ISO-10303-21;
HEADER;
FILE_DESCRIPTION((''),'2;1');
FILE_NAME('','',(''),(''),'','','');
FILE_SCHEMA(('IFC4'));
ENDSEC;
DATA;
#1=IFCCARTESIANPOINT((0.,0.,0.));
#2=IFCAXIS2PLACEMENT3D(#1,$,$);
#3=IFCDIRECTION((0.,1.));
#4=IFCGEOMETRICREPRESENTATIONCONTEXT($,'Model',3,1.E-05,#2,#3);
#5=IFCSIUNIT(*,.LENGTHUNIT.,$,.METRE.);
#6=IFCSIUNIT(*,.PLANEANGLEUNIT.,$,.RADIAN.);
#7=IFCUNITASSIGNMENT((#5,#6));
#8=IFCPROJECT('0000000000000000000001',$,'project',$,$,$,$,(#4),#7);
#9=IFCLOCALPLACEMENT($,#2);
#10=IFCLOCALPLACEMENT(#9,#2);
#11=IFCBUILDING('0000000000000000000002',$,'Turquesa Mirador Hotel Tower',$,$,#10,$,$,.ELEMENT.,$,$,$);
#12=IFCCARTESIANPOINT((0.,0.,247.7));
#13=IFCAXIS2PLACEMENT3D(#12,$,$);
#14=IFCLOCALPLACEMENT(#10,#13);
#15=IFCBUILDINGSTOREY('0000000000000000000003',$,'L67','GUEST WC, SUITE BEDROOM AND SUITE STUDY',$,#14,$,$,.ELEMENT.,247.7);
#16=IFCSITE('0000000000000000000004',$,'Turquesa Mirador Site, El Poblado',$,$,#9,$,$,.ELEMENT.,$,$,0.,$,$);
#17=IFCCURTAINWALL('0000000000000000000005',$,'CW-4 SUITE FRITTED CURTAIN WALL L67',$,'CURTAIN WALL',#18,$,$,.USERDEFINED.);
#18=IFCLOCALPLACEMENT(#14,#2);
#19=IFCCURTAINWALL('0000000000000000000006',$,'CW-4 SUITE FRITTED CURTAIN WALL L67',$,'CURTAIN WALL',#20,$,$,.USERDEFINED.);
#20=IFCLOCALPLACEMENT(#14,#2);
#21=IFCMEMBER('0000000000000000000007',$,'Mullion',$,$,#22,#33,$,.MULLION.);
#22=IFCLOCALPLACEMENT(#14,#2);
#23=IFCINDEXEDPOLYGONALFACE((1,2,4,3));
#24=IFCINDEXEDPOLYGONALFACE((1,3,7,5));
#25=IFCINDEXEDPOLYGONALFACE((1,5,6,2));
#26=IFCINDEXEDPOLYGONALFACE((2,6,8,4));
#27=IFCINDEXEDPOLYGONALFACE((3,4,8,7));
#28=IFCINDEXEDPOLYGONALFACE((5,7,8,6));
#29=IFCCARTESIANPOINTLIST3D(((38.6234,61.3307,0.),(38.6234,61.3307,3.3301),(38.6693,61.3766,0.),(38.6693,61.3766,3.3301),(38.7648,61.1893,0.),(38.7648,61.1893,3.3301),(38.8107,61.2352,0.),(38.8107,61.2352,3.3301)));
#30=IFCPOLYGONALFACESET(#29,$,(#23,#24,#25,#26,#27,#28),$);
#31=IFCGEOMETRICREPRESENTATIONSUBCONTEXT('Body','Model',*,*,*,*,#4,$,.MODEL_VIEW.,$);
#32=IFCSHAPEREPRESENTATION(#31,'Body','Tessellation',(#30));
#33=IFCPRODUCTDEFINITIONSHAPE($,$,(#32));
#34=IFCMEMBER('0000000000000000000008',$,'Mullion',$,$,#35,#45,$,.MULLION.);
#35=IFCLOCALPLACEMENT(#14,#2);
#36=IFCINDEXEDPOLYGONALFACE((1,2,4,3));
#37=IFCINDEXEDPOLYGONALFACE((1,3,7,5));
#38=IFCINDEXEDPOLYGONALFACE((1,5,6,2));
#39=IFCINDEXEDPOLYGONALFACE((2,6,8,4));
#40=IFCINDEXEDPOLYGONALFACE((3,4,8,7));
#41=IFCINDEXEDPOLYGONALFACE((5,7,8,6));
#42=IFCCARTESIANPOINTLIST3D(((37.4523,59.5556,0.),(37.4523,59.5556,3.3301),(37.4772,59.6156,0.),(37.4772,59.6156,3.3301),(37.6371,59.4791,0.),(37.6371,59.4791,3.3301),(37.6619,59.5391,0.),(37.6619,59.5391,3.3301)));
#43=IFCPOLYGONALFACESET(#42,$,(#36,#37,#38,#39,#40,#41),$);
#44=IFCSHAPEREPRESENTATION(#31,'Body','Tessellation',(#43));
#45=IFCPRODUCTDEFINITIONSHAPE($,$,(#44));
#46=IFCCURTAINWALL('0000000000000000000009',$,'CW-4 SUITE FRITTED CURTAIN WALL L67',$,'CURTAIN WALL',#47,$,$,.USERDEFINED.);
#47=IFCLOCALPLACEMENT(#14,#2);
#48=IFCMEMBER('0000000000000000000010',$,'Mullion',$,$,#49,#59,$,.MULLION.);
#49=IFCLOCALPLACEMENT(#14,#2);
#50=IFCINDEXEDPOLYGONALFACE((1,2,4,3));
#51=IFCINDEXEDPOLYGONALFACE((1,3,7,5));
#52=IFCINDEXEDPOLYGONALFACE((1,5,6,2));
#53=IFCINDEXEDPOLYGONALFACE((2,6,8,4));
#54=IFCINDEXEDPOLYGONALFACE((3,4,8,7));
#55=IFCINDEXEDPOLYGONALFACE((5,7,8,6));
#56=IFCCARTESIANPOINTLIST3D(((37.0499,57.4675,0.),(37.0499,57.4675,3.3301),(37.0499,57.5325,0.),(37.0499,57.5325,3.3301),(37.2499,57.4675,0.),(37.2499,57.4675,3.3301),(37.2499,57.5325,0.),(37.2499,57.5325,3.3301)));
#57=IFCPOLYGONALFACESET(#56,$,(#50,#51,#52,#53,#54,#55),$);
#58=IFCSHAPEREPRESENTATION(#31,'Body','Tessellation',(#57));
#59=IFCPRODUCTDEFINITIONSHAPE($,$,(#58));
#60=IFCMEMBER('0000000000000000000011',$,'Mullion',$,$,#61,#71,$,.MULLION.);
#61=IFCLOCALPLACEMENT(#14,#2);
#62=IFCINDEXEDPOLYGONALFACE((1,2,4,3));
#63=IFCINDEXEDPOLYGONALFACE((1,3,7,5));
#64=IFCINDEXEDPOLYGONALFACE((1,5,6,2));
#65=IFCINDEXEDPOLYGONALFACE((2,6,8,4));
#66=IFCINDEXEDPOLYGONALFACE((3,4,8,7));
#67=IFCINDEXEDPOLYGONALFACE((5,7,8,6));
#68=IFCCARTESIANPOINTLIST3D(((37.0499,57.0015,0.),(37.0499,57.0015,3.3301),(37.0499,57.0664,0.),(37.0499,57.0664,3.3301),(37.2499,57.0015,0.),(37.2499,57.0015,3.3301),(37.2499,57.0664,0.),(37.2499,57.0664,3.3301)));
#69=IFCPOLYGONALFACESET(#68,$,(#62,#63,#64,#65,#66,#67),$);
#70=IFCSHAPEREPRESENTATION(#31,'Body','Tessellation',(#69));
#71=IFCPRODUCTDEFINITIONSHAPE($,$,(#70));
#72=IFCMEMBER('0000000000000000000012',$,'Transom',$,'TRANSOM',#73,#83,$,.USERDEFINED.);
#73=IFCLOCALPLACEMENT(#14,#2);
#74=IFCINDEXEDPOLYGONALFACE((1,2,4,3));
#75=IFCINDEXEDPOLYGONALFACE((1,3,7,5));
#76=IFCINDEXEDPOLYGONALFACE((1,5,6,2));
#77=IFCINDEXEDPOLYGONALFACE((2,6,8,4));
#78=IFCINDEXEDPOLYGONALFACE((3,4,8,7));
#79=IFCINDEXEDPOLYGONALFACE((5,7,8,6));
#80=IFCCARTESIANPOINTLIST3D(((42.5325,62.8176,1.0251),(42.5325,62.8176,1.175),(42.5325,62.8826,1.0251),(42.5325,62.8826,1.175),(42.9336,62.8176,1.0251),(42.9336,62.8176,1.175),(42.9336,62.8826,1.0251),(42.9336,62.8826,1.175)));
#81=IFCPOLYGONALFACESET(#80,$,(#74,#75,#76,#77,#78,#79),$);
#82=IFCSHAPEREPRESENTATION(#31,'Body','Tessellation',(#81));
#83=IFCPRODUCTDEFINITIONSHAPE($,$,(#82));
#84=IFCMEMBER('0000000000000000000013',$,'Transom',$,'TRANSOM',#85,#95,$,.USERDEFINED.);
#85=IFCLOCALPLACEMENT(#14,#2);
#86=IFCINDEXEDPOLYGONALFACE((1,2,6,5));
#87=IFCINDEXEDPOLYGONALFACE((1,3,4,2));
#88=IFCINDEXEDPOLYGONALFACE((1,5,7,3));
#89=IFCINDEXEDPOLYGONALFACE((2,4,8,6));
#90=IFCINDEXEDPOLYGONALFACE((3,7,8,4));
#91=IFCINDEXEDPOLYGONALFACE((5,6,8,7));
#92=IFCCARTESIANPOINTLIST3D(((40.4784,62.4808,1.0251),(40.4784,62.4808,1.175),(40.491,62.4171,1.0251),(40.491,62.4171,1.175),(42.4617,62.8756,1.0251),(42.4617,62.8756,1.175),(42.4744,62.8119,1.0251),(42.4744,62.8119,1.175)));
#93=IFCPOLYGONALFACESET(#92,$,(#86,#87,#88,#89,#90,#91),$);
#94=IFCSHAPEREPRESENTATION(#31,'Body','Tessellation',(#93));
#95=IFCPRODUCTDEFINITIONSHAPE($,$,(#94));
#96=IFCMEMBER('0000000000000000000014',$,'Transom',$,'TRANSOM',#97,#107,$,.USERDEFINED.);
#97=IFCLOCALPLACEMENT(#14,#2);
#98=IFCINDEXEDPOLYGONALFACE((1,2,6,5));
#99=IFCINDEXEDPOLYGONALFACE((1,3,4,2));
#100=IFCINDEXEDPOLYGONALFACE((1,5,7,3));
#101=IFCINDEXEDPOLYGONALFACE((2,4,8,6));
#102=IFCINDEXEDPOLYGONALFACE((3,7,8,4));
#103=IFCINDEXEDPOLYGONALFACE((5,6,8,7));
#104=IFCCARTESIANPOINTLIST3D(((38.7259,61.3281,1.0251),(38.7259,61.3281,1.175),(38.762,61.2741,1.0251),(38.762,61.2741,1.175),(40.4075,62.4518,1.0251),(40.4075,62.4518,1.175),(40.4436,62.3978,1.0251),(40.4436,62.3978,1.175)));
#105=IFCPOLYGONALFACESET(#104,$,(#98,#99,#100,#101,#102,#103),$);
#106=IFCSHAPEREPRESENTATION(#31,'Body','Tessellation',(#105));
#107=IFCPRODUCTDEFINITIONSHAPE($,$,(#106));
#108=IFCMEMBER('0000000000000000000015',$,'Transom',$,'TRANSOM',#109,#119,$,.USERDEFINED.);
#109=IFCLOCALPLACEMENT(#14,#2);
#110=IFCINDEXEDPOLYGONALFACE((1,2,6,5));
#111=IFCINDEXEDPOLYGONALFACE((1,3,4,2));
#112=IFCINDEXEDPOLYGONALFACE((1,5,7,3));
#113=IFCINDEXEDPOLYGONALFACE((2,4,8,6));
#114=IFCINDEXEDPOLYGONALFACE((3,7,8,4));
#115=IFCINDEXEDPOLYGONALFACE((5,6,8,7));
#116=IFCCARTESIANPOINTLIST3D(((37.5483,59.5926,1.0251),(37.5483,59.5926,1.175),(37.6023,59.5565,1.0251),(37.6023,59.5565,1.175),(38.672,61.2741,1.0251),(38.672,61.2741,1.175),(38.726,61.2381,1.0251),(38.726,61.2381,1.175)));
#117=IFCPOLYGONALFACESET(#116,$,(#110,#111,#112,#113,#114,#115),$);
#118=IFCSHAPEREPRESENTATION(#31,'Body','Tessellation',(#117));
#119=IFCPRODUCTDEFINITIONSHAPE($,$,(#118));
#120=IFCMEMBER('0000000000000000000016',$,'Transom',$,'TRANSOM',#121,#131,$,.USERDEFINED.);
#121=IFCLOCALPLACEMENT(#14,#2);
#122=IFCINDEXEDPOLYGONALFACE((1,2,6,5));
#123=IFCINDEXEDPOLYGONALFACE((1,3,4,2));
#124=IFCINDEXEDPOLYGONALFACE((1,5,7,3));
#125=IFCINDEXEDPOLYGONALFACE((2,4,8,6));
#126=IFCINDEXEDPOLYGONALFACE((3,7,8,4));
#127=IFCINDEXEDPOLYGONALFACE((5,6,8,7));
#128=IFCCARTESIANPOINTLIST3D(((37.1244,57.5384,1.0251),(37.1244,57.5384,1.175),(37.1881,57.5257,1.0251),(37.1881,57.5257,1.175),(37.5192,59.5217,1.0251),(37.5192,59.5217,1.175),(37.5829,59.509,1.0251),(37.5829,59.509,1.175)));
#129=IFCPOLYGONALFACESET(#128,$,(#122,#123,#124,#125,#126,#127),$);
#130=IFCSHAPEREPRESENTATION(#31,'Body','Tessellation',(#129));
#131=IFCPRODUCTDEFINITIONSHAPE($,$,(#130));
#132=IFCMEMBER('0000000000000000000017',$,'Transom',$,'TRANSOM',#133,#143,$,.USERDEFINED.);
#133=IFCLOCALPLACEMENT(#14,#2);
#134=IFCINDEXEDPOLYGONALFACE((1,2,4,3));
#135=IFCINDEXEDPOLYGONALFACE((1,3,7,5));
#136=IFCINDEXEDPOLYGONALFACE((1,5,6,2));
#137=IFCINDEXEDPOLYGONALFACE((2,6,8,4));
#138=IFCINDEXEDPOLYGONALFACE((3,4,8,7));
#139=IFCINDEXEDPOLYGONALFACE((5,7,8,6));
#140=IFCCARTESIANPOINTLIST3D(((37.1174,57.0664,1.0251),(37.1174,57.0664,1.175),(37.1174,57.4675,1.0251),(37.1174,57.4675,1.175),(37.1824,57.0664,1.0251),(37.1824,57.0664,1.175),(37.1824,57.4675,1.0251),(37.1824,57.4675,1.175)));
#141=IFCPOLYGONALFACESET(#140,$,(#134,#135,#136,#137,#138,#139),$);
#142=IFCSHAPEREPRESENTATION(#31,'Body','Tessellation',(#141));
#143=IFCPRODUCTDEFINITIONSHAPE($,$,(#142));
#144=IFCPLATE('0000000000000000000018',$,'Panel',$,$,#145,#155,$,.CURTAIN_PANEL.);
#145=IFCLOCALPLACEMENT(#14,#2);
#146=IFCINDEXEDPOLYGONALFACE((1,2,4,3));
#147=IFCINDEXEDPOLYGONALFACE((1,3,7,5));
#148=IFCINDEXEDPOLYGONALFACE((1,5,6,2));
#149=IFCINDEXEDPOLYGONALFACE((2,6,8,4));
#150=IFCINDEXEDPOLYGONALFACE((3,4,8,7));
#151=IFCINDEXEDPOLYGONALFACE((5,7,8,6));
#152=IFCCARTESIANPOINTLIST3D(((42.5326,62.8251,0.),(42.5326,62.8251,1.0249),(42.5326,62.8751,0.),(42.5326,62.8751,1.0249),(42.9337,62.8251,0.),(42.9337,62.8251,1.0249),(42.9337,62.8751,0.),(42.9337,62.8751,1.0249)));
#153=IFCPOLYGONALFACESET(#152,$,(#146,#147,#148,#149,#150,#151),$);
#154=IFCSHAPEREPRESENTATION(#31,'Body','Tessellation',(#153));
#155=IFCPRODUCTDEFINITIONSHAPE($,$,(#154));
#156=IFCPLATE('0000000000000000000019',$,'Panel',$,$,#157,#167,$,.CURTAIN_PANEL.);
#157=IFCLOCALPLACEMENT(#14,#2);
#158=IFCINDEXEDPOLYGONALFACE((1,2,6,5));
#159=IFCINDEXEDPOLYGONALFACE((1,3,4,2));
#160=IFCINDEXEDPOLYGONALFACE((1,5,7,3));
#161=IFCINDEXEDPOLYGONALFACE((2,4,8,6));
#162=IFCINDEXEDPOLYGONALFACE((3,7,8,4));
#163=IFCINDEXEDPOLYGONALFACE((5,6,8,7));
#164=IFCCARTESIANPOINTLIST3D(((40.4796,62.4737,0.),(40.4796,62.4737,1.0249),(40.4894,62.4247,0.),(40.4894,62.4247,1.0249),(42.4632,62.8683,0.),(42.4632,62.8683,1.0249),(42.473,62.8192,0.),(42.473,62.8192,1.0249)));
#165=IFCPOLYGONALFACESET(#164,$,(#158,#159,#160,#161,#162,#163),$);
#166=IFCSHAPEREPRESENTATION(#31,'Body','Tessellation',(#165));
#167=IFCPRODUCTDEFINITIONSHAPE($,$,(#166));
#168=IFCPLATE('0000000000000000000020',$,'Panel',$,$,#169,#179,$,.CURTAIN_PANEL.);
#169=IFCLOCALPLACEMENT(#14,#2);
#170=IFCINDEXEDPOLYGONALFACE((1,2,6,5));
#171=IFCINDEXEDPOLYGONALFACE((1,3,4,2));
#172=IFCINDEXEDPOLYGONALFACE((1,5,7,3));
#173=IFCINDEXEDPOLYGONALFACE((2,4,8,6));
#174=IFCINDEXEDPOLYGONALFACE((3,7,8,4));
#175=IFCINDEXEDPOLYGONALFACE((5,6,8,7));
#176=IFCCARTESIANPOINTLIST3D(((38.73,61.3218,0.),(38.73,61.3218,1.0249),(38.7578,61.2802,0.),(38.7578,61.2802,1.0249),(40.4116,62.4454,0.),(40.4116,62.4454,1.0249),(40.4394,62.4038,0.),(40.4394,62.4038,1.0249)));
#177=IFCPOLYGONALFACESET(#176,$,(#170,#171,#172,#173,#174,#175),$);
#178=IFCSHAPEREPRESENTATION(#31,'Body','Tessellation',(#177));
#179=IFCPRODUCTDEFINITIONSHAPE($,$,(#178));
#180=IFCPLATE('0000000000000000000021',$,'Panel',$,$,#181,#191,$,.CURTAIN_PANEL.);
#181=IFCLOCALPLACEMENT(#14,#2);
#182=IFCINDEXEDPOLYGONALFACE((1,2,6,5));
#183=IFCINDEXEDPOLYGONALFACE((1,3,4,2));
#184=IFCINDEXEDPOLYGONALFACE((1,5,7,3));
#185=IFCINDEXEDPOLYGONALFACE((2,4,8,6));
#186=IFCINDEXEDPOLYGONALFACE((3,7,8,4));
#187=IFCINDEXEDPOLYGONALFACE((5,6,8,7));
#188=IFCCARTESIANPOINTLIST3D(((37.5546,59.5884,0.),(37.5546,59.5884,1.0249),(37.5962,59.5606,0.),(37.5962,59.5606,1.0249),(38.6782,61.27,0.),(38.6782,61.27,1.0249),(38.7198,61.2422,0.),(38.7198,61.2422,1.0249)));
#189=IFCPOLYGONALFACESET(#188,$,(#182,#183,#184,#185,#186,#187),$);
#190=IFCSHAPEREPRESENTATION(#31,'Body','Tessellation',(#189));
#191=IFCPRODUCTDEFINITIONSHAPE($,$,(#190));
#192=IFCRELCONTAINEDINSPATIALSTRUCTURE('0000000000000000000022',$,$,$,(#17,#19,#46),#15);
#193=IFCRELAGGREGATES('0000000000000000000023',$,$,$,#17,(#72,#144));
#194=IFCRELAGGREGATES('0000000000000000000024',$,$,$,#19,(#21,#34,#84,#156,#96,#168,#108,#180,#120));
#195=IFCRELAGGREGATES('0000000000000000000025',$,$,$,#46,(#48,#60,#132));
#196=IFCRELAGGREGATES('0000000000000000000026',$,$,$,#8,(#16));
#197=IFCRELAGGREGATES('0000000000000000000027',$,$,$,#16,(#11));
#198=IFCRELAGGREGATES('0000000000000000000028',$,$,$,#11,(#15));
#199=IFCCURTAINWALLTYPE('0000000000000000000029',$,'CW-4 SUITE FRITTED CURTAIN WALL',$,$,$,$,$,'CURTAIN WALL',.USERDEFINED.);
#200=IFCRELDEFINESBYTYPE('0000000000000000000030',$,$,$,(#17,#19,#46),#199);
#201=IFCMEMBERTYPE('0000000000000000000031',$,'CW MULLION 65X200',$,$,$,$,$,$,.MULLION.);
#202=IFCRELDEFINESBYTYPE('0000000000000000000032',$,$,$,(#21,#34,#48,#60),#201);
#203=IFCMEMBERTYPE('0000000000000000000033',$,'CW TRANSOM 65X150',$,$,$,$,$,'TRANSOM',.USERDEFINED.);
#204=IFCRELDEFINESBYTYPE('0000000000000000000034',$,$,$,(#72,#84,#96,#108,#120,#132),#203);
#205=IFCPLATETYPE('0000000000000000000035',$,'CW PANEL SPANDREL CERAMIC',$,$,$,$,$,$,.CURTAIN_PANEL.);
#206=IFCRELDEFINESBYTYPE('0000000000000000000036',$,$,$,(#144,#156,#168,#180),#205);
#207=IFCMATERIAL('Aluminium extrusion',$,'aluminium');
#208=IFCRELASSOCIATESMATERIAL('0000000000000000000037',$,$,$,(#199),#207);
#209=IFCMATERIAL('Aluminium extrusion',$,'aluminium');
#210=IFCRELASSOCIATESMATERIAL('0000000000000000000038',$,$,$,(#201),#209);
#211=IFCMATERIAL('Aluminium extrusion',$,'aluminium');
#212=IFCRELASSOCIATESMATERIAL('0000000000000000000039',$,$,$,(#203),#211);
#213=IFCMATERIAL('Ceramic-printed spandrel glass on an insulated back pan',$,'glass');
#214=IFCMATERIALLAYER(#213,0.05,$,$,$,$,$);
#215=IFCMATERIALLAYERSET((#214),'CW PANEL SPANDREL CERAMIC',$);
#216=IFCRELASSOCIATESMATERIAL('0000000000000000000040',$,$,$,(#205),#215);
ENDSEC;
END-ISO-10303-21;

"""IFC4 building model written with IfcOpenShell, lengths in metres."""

from ifc_helpers import new_model, si_unit, direction, frame, origin, origin_2d, place, context, subcontext, project, spatial, rectangle, extrude, material, layer, layer_set, material_profile, profile_set, type_object, element, aggregate, save


model = new_model("IFC4")

# Units and contexts
model_context = context("Model", 3, precision=1e-05, world=origin(), true_north=direction((0.0, 1.0)))
body_context = subcontext(model_context, "Body", "Model", "MODEL_VIEW")
ifc_project = project(units=[si_unit("LENGTHUNIT", "METRE"), si_unit("PLANEANGLEUNIT", "RADIAN")], contexts=[model_context])

# Site, building, storey
site_placement = place(None, origin())
site = spatial("IfcSite", under=ifc_project, at=site_placement, Name="Turquesa Mirador Site, El Poblado", CompositionType="ELEMENT", RefElevation=0.0)
building_placement = place(site_placement, origin())
building = spatial("IfcBuilding", under=site, at=building_placement, Name="Turquesa Mirador Hotel Tower", CompositionType="ELEMENT")
storey_placement = place(building_placement, frame((0.0, 0.0, 247.7)))
storey = spatial("IfcBuildingStorey", under=building, at=storey_placement, Name="L67", Description="GUEST WC, SUITE BEDROOM AND SUITE STUDY", CompositionType="ELEMENT", Elevation=247.7)

# Curtain walls, members
ifc_material_1 = material(Name="Aluminium extrusion", Category="aluminium")
curtain_wall_type = type_object("IfcCurtainWallType", Name="CW-4 SUITE FRITTED CURTAIN WALL", ElementType="CURTAIN WALL", PredefinedType="USERDEFINED", material=ifc_material_1)
curtain_wall_1_placement = place(storey_placement, origin())
curtain_wall_1 = element("IfcCurtainWall", 1, at=curtain_wall_1_placement, inside=storey, type_object=curtain_wall_type, Name="CW-4 SUITE FRITTED CURTAIN WALL L67", ObjectType="CURTAIN WALL", PredefinedType="USERDEFINED")
ifc_material_2 = material(Name="Aluminium extrusion", Category="aluminium")
ifc_material_profile_1 = material_profile(ifc_material_2, rectangle(XDim=0.0649, YDim=0.2, at=origin_2d()), Name="MULLION 65X200")
ifc_profile_set_1 = profile_set([ifc_material_profile_1], Name="Aluminium extrusion")
member_type_1 = type_object("IfcMemberType", Name="CW MULLION 65X200", PredefinedType="MULLION", material=ifc_profile_set_1)
curtain_wall_2_placement = place(storey_placement, origin())
curtain_wall_2 = element("IfcCurtainWall", 2, at=curtain_wall_2_placement, inside=storey, type_object=curtain_wall_type, Name="CW-4 SUITE FRITTED CURTAIN WALL L67", ObjectType="CURTAIN WALL", PredefinedType="USERDEFINED")
member_1_placement = place(storey_placement, frame((38.717, 61.283, 0.0), z_axis=(0.0, 0.0, 1.0), x_axis=(-0.707107, -0.707107, 0.0)))
member_1 = element("IfcMember", 3, at=member_1_placement, type_object=member_type_1, Name="Mullion", PredefinedType="MULLION", context=body_context, shape_type="SweptSolid", body=[
    extrude(rectangle(XDim=0.0649, YDim=0.2, at=origin_2d()), origin(), (0.0, 0.0, 1.0), 3.3301),
])
member_2_placement = place(storey_placement, frame((37.5571, 59.5474, 0.0), z_axis=(0.0, 0.0, 1.0), x_axis=(-0.382683, -0.92388, 0.0)))
member_2 = element("IfcMember", 4, at=member_2_placement, type_object=member_type_1, Name="Mullion", PredefinedType="MULLION", context=body_context, shape_type="SweptSolid", body=[
    extrude(rectangle(XDim=0.0649, YDim=0.2, at=origin_2d()), origin(), (0.0, 0.0, 1.0), 3.3301),
])
curtain_wall_3_placement = place(storey_placement, origin())
curtain_wall_3 = element("IfcCurtainWall", 5, at=curtain_wall_3_placement, inside=storey, type_object=curtain_wall_type, Name="CW-4 SUITE FRITTED CURTAIN WALL L67", ObjectType="CURTAIN WALL", PredefinedType="USERDEFINED")
member_3_placement = place(storey_placement, frame((37.1499, 57.5, 0.0), z_axis=(0.0, 0.0, 1.0), x_axis=(0.0, -1.0, 0.0)))
member_3 = element("IfcMember", 6, at=member_3_placement, type_object=member_type_1, Name="Mullion", PredefinedType="MULLION", context=body_context, shape_type="SweptSolid", body=[
    extrude(rectangle(XDim=0.0649, YDim=0.2, at=origin_2d()), origin(), (0.0, 0.0, 1.0), 3.3301),
])
member_4_placement = place(storey_placement, frame((37.1499, 57.0339, 0.0), z_axis=(0.0, 0.0, 1.0), x_axis=(0.0, -1.0, 0.0)))
member_4 = element("IfcMember", 7, at=member_4_placement, type_object=member_type_1, Name="Mullion", PredefinedType="MULLION", context=body_context, shape_type="SweptSolid", body=[
    extrude(rectangle(XDim=0.0649, YDim=0.2, at=origin_2d()), origin(), (0.0, 0.0, 1.0), 3.3301),
])

# Members
ifc_material_3 = material(Name="Aluminium extrusion", Category="aluminium")
ifc_material_profile_2 = material_profile(ifc_material_3, rectangle(XDim=0.0649, YDim=0.1499, at=origin_2d()), Name="TRANSOM 65X150")
ifc_profile_set_2 = profile_set([ifc_material_profile_2], Name="Aluminium extrusion")
member_type_2 = type_object("IfcMemberType", Name="CW TRANSOM 65X150", ElementType="TRANSOM", PredefinedType="USERDEFINED", material=ifc_profile_set_2)
member_5_placement = place(storey_placement, frame((42.9336, 62.8501, 1.1001), z_axis=(-1.0, 0.0, 0.0), x_axis=(0.0, -1.0, 0.0)))
member_5 = element("IfcMember", 8, at=member_5_placement, type_object=member_type_2, Name="Transom", ObjectType="TRANSOM", PredefinedType="USERDEFINED", context=body_context, shape_type="SweptSolid", body=[
    extrude(rectangle(XDim=0.0649, YDim=0.1499, at=origin_2d()), origin(), (0.0, 0.0, 1.0), 0.4011),
])
member_6_placement = place(storey_placement, frame((42.468, 62.8438, 1.1001), z_axis=(-0.980761, -0.195211, 0.0), x_axis=(0.195211, -0.980761, 0.0)))
member_6 = element("IfcMember", 9, at=member_6_placement, type_object=member_type_2, Name="Transom", ObjectType="TRANSOM", PredefinedType="USERDEFINED", context=body_context, shape_type="SweptSolid", body=[
    extrude(rectangle(XDim=0.0649, YDim=0.1499, at=origin_2d()), origin(), (0.0, 0.0, 1.0), 2.0222),
])
member_7_placement = place(storey_placement, frame((40.4255, 62.4248, 1.1001), z_axis=(-0.831437, -0.555619, 0.0), x_axis=(0.555619, -0.831437, 0.0)))
member_7 = element("IfcMember", 10, at=member_7_placement, type_object=member_type_2, Name="Transom", ObjectType="TRANSOM", PredefinedType="USERDEFINED", context=body_context, shape_type="SweptSolid", body=[
    extrude(rectangle(XDim=0.0649, YDim=0.1499, at=origin_2d()), origin(), (0.0, 0.0, 1.0), 2.0225),
])
member_8_placement = place(storey_placement, frame((38.699, 61.2561, 1.1001), z_axis=(-0.555619, -0.831437, 0.0), x_axis=(0.831437, -0.555619, 0.0)))
member_8 = element("IfcMember", 11, at=member_8_placement, type_object=member_type_2, Name="Transom", ObjectType="TRANSOM", PredefinedType="USERDEFINED", context=body_context, shape_type="SweptSolid", body=[
    extrude(rectangle(XDim=0.0649, YDim=0.1499, at=origin_2d()), origin(), (0.0, 0.0, 1.0), 2.0225),
])
member_9_placement = place(storey_placement, frame((37.551, 59.5154, 1.1001), z_axis=(-0.195211, -0.980761, 0.0), x_axis=(0.980761, -0.195211, 0.0)))
member_9 = element("IfcMember", 12, at=member_9_placement, type_object=member_type_2, Name="Transom", ObjectType="TRANSOM", PredefinedType="USERDEFINED", context=body_context, shape_type="SweptSolid", body=[
    extrude(rectangle(XDim=0.0649, YDim=0.1499, at=origin_2d()), origin(), (0.0, 0.0, 1.0), 2.0222),
])
member_10_placement = place(storey_placement, frame((37.1499, 57.4675, 1.1001), z_axis=(0.0, -1.0, 0.0), x_axis=(1.0, 0.0, 0.0)))
member_10 = element("IfcMember", 13, at=member_10_placement, type_object=member_type_2, Name="Transom", ObjectType="TRANSOM", PredefinedType="USERDEFINED", context=body_context, shape_type="SweptSolid", body=[
    extrude(rectangle(XDim=0.0649, YDim=0.1499, at=origin_2d()), origin(), (0.0, 0.0, 1.0), 0.4011),
])

# Plates
ifc_material_4 = material(Name="Ceramic-printed spandrel glass on an insulated back pan", Category="glass")
ifc_layer_1 = layer(ifc_material_4, 0.05)
ifc_layer_set_1 = layer_set([ifc_layer_1], Name="CW PANEL SPANDREL CERAMIC")
plate_type_1 = type_object("IfcPlateType", Name="CW PANEL SPANDREL CERAMIC", PredefinedType="CURTAIN_PANEL", material=ifc_layer_set_1)
plate_1_placement = place(storey_placement, frame((42.7332, 62.8501, 0.0), z_axis=(0.0, 0.0, 1.0), x_axis=(-1.0, 0.0, 0.0)))
plate_1 = element("IfcPlate", 14, at=plate_1_placement, type_object=plate_type_1, Name="Panel", PredefinedType="CURTAIN_PANEL", context=body_context, shape_type="SweptSolid", body=[
    extrude(rectangle(XDim=0.4011, YDim=0.05, at=origin_2d()), origin(), (0.0, 0.0, 1.0), 1.0249),
])
plate_2_placement = place(storey_placement, frame((41.4763, 62.6465, 0.0), z_axis=(0.0, 0.0, 1.0), x_axis=(-0.980785, -0.195091, 0.0)))
plate_2 = element("IfcPlate", 15, at=plate_2_placement, type_object=plate_type_1, Name="Panel", PredefinedType="CURTAIN_PANEL", context=body_context, shape_type="SweptSolid", body=[
    extrude(rectangle(XDim=2.0225, YDim=0.05, at=origin_2d()), origin(), (0.0, 0.0, 1.0), 1.0249),
])
plate_3_placement = place(storey_placement, frame((39.5847, 61.8628, 0.0), z_axis=(0.0, 0.0, 1.0), x_axis=(-0.83147, -0.55557, 0.0)))
plate_3 = element("IfcPlate", 16, at=plate_3_placement, type_object=plate_type_1, Name="Panel", PredefinedType="CURTAIN_PANEL", context=body_context, shape_type="SweptSolid", body=[
    extrude(rectangle(XDim=2.0225, YDim=0.05, at=origin_2d()), origin(), (0.0, 0.0, 1.0), 1.0249),
])
plate_4_placement = place(storey_placement, frame((38.1372, 60.4153, 0.0), z_axis=(0.0, 0.0, 1.0), x_axis=(-0.55557, -0.83147, 0.0)))
plate_4 = element("IfcPlate", 17, at=plate_4_placement, type_object=plate_type_1, Name="Panel", PredefinedType="CURTAIN_PANEL", context=body_context, shape_type="SweptSolid", body=[
    extrude(rectangle(XDim=2.0225, YDim=0.05, at=origin_2d()), origin(), (0.0, 0.0, 1.0), 1.0249),
])
aggregate(curtain_wall_1, [member_5, plate_1])
aggregate(curtain_wall_2, [member_1, member_2, member_6, plate_2, member_7, plate_3, member_8, plate_4, member_9])
aggregate(curtain_wall_3, [member_3, member_4, member_10])

save(model, "model.ifc")
